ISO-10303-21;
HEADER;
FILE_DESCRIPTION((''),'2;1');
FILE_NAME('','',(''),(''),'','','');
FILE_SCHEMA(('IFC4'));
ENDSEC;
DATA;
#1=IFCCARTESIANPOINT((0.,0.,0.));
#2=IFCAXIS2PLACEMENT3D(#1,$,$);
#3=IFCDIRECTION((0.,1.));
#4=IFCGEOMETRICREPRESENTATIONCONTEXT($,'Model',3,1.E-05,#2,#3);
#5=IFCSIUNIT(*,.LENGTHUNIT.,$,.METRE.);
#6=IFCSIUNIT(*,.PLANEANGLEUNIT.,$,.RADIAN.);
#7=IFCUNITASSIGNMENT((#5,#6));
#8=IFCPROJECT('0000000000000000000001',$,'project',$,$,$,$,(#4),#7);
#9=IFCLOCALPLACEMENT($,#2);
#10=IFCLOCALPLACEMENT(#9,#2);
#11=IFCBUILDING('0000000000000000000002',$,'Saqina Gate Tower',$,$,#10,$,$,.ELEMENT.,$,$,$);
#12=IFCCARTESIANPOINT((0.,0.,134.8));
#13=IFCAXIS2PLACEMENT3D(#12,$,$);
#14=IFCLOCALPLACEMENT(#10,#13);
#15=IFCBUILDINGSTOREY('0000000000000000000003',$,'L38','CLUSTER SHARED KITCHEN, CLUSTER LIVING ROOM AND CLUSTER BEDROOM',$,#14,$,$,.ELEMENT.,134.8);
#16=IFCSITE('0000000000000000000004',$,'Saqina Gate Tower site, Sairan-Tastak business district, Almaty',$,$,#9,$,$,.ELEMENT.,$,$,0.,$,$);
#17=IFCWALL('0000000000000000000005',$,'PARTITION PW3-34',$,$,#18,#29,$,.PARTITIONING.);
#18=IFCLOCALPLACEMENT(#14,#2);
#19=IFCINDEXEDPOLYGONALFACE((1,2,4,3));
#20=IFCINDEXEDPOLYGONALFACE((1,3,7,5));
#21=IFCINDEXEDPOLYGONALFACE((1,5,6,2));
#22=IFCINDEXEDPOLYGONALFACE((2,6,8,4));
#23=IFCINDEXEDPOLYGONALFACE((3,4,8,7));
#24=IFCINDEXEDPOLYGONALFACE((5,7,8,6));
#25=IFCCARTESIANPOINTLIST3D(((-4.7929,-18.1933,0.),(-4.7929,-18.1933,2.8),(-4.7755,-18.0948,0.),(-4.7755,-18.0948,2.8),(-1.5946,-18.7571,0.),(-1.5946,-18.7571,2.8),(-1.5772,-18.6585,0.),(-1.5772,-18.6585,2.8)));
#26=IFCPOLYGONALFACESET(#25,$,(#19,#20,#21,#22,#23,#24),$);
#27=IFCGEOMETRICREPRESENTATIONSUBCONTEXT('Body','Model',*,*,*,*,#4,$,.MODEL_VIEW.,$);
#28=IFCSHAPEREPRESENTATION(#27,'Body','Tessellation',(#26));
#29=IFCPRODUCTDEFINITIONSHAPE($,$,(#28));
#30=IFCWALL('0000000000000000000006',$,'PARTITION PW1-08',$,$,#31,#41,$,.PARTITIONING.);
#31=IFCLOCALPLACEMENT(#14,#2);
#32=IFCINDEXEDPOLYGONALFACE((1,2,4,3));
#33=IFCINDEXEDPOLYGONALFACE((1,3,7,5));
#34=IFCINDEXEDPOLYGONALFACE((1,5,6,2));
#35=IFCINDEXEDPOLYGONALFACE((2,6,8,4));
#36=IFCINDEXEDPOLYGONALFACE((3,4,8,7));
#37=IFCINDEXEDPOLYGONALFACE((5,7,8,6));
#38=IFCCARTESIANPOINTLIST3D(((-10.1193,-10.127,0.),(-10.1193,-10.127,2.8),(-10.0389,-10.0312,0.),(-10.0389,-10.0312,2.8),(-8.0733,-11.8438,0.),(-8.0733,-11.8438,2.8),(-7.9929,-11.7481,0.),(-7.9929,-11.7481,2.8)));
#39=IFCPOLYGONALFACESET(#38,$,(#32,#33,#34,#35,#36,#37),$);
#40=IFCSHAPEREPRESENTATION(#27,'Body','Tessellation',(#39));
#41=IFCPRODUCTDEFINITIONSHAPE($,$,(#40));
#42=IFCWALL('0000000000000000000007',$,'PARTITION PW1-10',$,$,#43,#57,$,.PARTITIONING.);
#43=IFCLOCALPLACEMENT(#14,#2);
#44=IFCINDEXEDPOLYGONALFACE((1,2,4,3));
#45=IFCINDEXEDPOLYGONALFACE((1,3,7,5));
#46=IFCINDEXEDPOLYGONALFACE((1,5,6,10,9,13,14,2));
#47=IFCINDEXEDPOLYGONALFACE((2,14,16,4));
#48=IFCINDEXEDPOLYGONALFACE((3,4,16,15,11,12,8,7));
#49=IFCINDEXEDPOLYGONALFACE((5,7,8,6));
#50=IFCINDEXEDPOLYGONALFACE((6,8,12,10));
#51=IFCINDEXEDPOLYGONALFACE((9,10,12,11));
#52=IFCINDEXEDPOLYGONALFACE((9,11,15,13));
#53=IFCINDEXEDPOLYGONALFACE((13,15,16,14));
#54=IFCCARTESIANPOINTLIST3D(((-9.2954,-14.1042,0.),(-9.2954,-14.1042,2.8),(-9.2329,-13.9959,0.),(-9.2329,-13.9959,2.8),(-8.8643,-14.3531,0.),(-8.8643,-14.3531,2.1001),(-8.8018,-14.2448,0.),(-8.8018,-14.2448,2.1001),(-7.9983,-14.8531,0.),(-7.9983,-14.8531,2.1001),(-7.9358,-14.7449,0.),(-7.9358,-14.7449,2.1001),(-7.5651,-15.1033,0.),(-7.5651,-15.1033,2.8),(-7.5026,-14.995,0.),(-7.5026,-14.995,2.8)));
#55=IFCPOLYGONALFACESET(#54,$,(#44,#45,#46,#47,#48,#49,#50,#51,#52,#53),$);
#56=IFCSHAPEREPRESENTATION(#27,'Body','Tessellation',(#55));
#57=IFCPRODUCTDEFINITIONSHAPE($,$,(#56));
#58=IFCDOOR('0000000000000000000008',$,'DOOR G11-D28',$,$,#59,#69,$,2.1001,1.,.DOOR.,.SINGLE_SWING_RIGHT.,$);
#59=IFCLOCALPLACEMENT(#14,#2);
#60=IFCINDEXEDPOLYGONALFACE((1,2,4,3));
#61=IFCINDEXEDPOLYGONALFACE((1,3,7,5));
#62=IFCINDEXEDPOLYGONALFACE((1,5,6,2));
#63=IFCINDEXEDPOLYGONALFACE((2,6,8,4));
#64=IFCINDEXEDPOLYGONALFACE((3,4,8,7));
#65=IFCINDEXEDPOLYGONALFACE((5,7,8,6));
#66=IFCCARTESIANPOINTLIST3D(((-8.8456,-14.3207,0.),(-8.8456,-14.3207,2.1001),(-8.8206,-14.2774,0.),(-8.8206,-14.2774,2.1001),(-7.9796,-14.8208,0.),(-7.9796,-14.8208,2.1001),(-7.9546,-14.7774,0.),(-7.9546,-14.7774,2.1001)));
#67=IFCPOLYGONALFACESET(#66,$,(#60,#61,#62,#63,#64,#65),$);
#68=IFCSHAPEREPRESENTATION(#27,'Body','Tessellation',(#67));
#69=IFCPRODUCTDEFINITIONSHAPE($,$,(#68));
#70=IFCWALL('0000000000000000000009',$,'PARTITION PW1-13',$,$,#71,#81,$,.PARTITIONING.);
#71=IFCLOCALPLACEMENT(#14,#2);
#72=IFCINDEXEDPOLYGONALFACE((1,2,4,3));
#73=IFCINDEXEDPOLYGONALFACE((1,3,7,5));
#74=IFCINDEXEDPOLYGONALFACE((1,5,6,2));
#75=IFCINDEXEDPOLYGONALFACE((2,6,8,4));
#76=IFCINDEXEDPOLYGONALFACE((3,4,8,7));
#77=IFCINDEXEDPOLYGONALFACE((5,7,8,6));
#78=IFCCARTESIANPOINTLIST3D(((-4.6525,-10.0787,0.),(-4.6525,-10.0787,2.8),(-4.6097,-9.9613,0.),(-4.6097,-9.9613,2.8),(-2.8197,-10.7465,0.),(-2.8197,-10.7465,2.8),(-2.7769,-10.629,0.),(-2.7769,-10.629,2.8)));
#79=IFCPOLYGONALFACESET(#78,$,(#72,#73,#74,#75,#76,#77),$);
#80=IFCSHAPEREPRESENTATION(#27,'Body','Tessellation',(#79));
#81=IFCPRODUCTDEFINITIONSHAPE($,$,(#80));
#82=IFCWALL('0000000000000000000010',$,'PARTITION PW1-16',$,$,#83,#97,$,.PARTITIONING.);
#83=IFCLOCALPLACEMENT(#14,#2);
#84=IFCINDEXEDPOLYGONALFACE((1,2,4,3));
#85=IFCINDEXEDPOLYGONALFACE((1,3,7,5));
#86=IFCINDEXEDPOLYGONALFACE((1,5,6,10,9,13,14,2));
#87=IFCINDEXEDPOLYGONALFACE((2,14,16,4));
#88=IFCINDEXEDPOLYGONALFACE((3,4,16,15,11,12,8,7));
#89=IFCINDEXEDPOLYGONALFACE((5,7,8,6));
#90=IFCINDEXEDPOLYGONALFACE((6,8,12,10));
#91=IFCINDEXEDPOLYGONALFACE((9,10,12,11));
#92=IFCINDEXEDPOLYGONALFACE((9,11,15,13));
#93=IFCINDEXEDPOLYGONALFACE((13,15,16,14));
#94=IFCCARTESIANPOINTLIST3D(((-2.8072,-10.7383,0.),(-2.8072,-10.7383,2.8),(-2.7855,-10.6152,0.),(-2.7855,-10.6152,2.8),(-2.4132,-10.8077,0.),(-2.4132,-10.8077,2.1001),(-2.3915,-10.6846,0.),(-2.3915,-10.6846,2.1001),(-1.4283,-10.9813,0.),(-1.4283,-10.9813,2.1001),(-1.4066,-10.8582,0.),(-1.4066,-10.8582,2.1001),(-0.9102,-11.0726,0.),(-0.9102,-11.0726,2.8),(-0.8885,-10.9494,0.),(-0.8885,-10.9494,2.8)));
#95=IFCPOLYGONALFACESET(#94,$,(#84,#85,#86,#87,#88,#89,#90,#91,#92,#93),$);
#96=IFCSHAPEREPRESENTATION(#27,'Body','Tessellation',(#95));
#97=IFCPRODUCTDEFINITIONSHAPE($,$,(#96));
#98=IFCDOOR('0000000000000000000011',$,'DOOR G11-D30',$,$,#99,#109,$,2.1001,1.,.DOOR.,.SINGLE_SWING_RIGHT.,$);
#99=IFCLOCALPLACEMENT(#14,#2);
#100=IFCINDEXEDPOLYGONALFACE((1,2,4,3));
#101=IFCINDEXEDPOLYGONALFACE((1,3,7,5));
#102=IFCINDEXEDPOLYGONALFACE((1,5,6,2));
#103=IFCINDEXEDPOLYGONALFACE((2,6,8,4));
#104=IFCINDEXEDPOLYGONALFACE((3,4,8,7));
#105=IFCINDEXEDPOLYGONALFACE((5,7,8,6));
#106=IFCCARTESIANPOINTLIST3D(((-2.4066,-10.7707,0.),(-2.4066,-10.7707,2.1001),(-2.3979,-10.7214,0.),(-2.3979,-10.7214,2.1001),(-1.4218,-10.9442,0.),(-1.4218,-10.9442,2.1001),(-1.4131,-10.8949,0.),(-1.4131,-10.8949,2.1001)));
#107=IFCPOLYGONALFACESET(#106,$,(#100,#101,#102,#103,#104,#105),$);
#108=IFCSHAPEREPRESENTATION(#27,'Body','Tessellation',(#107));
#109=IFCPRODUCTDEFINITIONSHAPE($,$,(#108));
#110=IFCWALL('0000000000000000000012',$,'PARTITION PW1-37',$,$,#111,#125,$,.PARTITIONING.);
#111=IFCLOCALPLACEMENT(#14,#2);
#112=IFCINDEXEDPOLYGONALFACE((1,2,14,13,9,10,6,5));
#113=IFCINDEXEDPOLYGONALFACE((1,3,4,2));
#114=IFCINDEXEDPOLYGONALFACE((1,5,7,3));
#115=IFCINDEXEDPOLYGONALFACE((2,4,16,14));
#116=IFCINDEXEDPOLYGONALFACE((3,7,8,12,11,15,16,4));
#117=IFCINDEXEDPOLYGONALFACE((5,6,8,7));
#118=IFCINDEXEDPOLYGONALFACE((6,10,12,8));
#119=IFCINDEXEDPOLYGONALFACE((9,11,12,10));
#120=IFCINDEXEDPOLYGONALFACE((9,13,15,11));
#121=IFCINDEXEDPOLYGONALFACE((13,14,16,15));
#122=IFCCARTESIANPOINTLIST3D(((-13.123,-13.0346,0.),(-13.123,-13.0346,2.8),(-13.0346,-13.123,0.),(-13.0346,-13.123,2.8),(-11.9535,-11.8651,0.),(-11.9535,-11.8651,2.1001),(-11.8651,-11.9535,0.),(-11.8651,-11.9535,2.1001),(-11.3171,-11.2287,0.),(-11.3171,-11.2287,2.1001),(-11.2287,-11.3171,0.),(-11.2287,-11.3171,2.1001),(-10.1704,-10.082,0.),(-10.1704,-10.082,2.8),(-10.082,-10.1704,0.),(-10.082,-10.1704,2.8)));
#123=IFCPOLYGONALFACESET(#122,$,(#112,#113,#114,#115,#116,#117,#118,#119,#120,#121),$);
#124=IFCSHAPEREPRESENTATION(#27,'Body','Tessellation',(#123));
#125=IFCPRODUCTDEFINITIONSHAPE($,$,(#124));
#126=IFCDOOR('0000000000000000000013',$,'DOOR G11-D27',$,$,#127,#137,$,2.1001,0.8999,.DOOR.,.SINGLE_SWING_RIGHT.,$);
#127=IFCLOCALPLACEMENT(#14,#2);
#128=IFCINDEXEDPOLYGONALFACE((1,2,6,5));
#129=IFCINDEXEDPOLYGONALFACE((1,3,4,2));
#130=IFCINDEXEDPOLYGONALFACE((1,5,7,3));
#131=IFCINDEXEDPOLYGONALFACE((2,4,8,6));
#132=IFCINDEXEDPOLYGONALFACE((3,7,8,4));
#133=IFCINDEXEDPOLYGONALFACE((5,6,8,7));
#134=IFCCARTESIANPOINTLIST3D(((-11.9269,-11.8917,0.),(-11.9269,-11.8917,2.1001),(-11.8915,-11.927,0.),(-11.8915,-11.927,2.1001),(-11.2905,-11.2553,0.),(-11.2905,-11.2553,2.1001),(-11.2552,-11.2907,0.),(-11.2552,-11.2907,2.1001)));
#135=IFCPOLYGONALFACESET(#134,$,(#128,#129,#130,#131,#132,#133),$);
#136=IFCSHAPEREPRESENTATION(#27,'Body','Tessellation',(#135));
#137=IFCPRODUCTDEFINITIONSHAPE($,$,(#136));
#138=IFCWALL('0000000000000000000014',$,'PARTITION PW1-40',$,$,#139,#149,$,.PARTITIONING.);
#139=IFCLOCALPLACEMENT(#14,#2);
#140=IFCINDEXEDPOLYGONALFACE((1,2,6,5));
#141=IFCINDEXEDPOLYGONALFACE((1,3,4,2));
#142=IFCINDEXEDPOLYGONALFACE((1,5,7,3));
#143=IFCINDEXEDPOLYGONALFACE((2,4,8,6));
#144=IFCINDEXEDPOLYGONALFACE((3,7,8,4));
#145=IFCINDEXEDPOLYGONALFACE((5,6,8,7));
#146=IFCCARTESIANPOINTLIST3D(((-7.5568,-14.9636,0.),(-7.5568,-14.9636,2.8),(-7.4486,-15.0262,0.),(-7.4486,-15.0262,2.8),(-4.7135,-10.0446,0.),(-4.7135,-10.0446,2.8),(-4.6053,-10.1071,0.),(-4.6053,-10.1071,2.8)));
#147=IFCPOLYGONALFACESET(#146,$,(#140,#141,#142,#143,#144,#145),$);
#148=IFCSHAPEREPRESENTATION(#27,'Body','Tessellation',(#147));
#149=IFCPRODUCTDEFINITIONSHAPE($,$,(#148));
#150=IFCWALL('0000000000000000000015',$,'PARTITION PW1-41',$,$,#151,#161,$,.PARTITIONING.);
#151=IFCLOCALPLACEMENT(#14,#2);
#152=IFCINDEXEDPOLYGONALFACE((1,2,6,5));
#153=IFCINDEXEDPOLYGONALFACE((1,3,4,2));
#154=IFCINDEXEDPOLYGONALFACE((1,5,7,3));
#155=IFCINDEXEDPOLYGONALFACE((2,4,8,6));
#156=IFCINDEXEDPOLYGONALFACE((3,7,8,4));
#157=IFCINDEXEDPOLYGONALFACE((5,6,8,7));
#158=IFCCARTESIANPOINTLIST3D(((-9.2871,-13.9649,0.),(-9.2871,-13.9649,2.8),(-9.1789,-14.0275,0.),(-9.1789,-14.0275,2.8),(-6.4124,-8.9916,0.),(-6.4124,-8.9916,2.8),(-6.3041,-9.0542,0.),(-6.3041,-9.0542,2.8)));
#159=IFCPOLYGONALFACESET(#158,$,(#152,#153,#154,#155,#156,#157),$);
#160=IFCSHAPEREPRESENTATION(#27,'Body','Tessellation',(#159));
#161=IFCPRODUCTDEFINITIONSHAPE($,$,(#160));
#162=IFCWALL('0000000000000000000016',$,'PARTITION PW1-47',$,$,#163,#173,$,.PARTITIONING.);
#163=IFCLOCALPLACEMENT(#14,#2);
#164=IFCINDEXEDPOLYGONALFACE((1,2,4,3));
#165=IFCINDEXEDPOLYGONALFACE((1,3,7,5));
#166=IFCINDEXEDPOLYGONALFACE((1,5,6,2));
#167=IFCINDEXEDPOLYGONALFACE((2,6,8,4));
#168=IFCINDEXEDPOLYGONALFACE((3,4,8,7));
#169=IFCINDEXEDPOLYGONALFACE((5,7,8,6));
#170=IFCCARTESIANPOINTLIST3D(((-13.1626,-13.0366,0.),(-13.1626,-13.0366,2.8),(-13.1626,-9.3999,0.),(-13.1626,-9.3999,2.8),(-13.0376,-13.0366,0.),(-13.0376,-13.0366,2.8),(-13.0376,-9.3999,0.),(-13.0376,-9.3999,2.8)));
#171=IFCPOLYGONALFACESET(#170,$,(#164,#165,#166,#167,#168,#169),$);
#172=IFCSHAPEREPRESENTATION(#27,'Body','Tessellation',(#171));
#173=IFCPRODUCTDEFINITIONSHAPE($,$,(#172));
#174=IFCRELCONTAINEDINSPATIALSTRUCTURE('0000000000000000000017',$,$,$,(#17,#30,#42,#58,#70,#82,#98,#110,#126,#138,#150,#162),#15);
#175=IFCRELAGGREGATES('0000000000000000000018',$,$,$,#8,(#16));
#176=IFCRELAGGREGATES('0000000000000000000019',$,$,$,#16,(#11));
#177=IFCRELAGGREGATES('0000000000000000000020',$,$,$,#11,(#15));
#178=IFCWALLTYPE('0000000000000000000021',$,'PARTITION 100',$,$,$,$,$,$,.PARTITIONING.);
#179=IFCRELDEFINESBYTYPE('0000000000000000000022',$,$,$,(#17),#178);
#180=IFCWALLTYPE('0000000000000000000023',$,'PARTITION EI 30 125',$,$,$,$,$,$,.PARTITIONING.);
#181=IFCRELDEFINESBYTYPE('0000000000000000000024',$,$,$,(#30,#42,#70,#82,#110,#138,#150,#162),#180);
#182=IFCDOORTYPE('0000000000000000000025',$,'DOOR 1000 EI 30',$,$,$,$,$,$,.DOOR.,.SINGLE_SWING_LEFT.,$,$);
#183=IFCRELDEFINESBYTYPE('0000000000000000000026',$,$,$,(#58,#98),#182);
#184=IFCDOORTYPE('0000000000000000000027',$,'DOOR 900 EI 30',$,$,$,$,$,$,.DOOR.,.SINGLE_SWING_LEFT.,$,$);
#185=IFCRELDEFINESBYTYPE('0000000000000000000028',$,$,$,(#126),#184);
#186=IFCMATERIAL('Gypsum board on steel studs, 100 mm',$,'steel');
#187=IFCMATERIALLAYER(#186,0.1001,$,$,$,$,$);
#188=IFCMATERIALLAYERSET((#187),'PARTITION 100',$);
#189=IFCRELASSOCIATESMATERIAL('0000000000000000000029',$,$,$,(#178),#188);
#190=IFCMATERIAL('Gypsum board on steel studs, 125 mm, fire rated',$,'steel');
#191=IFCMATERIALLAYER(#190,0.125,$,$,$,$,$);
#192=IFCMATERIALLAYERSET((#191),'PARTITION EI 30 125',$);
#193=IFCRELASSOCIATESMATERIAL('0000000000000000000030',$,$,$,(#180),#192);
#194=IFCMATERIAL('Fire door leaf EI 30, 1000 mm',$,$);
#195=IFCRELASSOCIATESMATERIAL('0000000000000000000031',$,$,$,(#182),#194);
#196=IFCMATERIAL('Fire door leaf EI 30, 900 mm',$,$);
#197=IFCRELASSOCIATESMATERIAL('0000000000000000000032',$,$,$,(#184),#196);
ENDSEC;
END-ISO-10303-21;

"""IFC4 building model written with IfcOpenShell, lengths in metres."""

from ifc_helpers import new_model, si_unit, direction, frame, frame_2d, origin, place, context, subcontext, project, spatial, rectangle, extrude, material, layer, layer_set, type_object, element, fill, save


model = new_model("IFC4")

# Units and contexts
model_context = context("Model", 3, precision=1e-05, world=origin(), true_north=direction((0.0, 1.0)))
body_context = subcontext(model_context, "Body", "Model", "MODEL_VIEW")
ifc_project = project(units=[si_unit("LENGTHUNIT", "METRE"), si_unit("PLANEANGLEUNIT", "RADIAN")], contexts=[model_context])

# Site, building, storey
site_placement = place(None, origin())
site = spatial("IfcSite", under=ifc_project, at=site_placement, Name="Saqina Gate Tower site, Sairan-Tastak business district, Almaty", CompositionType="ELEMENT", RefElevation=0.0)
building_placement = place(site_placement, origin())
building = spatial("IfcBuilding", under=site, at=building_placement, Name="Saqina Gate Tower", CompositionType="ELEMENT")
storey_placement = place(building_placement, frame((0.0, 0.0, 134.8)))
storey = spatial("IfcBuildingStorey", under=building, at=storey_placement, Name="L38", Description="CLUSTER SHARED KITCHEN, CLUSTER LIVING ROOM AND CLUSTER BEDROOM", CompositionType="ELEMENT", Elevation=134.8)

# Walls
ifc_material_1 = material(Name="Gypsum board on steel studs, 100 mm", Category="steel")
ifc_layer_1 = layer(ifc_material_1, 0.1001)
ifc_layer_set_1 = layer_set([ifc_layer_1], Name="PARTITION 100")
wall_type_1 = type_object("IfcWallType", Name="PARTITION 100", PredefinedType="PARTITIONING", material=ifc_layer_set_1)
wall_1_placement = place(storey_placement, frame((-4.7842, -18.144, 0.0), z_axis=(0.0, 0.0, 1.0), x_axis=(0.984819, -0.173584, 0.0)))
element("IfcWall", 1, at=wall_1_placement, inside=storey, type_object=wall_type_1, Name="PARTITION PW3-34", PredefinedType="PARTITIONING", context=body_context, shape_type="SweptSolid", body=[
    extrude(rectangle(XDim=3.2476, YDim=0.1001, at=frame_2d((1.6238, 0.0))), origin(), (0.0, 0.0, 1.0), 2.8),
])
ifc_material_2 = material(Name="Gypsum board on steel studs, 125 mm, fire rated", Category="steel")
ifc_layer_2 = layer(ifc_material_2, 0.125)
ifc_layer_set_2 = layer_set([ifc_layer_2], Name="PARTITION EI 30 125")
wall_type_2 = type_object("IfcWallType", Name="PARTITION EI 30 125", PredefinedType="PARTITIONING", material=ifc_layer_set_2)
wall_2_placement = place(storey_placement, frame((-10.0791, -10.0791, 0.0), z_axis=(0.0, 0.0, 1.0), x_axis=(0.766029, -0.642806, 0.0)))
element("IfcWall", 2, at=wall_2_placement, inside=storey, type_object=wall_type_2, Name="PARTITION PW1-08", PredefinedType="PARTITIONING", context=body_context, shape_type="SweptSolid", body=[
    extrude(rectangle(XDim=2.6709, YDim=0.125, at=frame_2d((1.3354, 0.0))), origin(), (0.0, 0.0, 1.0), 2.8),
])

# Wall, opening, door
wall_3_placement = place(storey_placement, frame((-9.2642, -14.05, 0.0), z_axis=(0.0, 0.0, 1.0), x_axis=(0.866009, -0.500029, 0.0)))
wall_3 = element("IfcWall", 3, at=wall_3_placement, inside=storey, type_object=wall_type_2, Name="PARTITION PW1-10", PredefinedType="PARTITIONING", context=body_context, shape_type="SweptSolid", body=[
    extrude(rectangle(XDim=1.998, YDim=0.125, at=frame_2d((0.999, 0.0))), origin(), (0.0, 0.0, 1.0), 2.8),
])
opening_1_placement = place(wall_3_placement, frame((0.4978, 0.0, 0.0)))
opening_1 = element("IfcOpeningElement", 4, at=opening_1_placement, cuts=wall_3, PredefinedType="OPENING", context=body_context, shape_type="SweptSolid", body=[
    extrude(rectangle(XDim=1.0, YDim=2.1001, at=frame_2d((0.5, 1.05))), frame((0.0, 0.0745, 0.0), z_axis=(0.0, -1.0, 0.0), x_axis=(1.0, 0.0, 0.0)), (0.0, 0.0, 1.0), 0.1489),
])
ifc_material_3 = material(Name="Fire door leaf EI 30, 1000 mm")
door_type_1 = type_object("IfcDoorType", Name="DOOR 1000 EI 30", OperationType="SINGLE_SWING_LEFT", PredefinedType="DOOR", material=ifc_material_3)
door_1_placement = place(opening_1_placement, origin())
door_1 = element("IfcDoor", 5, at=door_1_placement, inside=storey, type_object=door_type_1, Name="DOOR G11-D28", OperationType="SINGLE_SWING_RIGHT", OverallHeight=2.1001, OverallWidth=1.0, PredefinedType="DOOR", context=body_context, shape_type="SweptSolid", body=[
    extrude(rectangle(XDim=1.0, YDim=2.1001, at=frame_2d((0.5, 1.05))), frame((0.0, 0.0249, 0.0), z_axis=(0.0, -1.0, 0.0), x_axis=(1.0, 0.0, 0.0)), (0.0, 0.0, 1.0), 0.05),
])
fill(opening_1, door_1)

# Wall
wall_4_placement = place(storey_placement, frame((-4.6311, -10.02, 0.0), z_axis=(0.0, 0.0, 1.0), x_axis=(0.939585, -0.342316, 0.0)))
element("IfcWall", 6, at=wall_4_placement, inside=storey, type_object=wall_type_2, Name="PARTITION PW1-13", PredefinedType="PARTITIONING", context=body_context, shape_type="SweptSolid", body=[
    extrude(rectangle(XDim=1.9507, YDim=0.125, at=frame_2d((0.9753, 0.0))), origin(), (0.0, 0.0, 1.0), 2.8),
])

# Walls, openings, doors
wall_5_placement = place(storey_placement, frame((-2.7964, -10.6768, 0.0), z_axis=(0.0, 0.0, 1.0), x_axis=(0.984831, -0.173518, 0.0)))
wall_5 = element("IfcWall", 7, at=wall_5_placement, inside=storey, type_object=wall_type_2, Name="PARTITION PW1-16", PredefinedType="PARTITIONING", context=body_context, shape_type="SweptSolid", body=[
    extrude(rectangle(XDim=1.9263, YDim=0.125, at=frame_2d((0.9631, 0.0))), origin(), (0.0, 0.0, 1.0), 2.8),
])
opening_2_placement = place(wall_5_placement, frame((0.4001, 0.0, 0.0)))
opening_2 = element("IfcOpeningElement", 8, at=opening_2_placement, cuts=wall_5, PredefinedType="OPENING", context=body_context, shape_type="SweptSolid", body=[
    extrude(rectangle(XDim=1.0, YDim=2.1001, at=frame_2d((0.5, 1.05))), frame((0.0, 0.0745, 0.0), z_axis=(0.0, -1.0, 0.0), x_axis=(1.0, 0.0, 0.0)), (0.0, 0.0, 1.0), 0.1489),
])
door_2_placement = place(opening_2_placement, frame((1.0, 0.0, 0.0), z_axis=(0.0, 0.0, 1.0), x_axis=(-1.0, 0.0, 0.0)))
door_2 = element("IfcDoor", 9, at=door_2_placement, inside=storey, type_object=door_type_1, Name="DOOR G11-D30", OperationType="SINGLE_SWING_RIGHT", OverallHeight=2.1001, OverallWidth=1.0, PredefinedType="DOOR", context=body_context, shape_type="SweptSolid", body=[
    extrude(rectangle(XDim=1.0, YDim=2.1001, at=frame_2d((0.5, 1.05))), frame((0.0, 0.0249, 0.0), z_axis=(0.0, -1.0, 0.0), x_axis=(1.0, 0.0, 0.0)), (0.0, 0.0, 1.0), 0.05),
])
fill(opening_2, door_2)
wall_6_placement = place(storey_placement, frame((-13.0789, -13.0789, 0.0), z_axis=(0.0, 0.0, 1.0), x_axis=(0.707107, 0.707107, 0.0)))
wall_6 = element("IfcWall", 10, at=wall_6_placement, inside=storey, type_object=wall_type_2, Name="PARTITION PW1-37", PredefinedType="PARTITIONING", context=body_context, shape_type="SweptSolid", body=[
    extrude(rectangle(XDim=4.1755, YDim=0.125, at=frame_2d((2.0879, 0.0))), origin(), (0.0, 0.0, 1.0), 2.8),
])
opening_3_placement = place(wall_6_placement, frame((1.6541, 0.0, 0.0)))
opening_3 = element("IfcOpeningElement", 11, at=opening_3_placement, cuts=wall_6, PredefinedType="OPENING", context=body_context, shape_type="SweptSolid", body=[
    extrude(rectangle(XDim=0.8999, YDim=2.1001, at=frame_2d((0.45, 1.05))), frame((0.0, 0.0745, 0.0), z_axis=(0.0, -1.0, 0.0), x_axis=(1.0, 0.0, 0.0)), (0.0, 0.0, 1.0), 0.1489),
])
ifc_material_4 = material(Name="Fire door leaf EI 30, 900 mm")
door_type_2 = type_object("IfcDoorType", Name="DOOR 900 EI 30", OperationType="SINGLE_SWING_LEFT", PredefinedType="DOOR", material=ifc_material_4)
door_3_placement = place(opening_3_placement, origin())
door_3 = element("IfcDoor", 12, at=door_3_placement, inside=storey, type_object=door_type_2, Name="DOOR G11-D27", OperationType="SINGLE_SWING_RIGHT", OverallHeight=2.1001, OverallWidth=0.8999, PredefinedType="DOOR", context=body_context, shape_type="SweptSolid", body=[
    extrude(rectangle(XDim=0.8999, YDim=2.1001, at=frame_2d((0.45, 1.05))), frame((0.0, 0.0249, 0.0), z_axis=(0.0, -1.0, 0.0), x_axis=(1.0, 0.0, 0.0)), (0.0, 0.0, 1.0), 0.05),
])
fill(opening_3, door_3)

# Walls
wall_7_placement = place(storey_placement, frame((-7.5027, -14.9949, 0.0), z_axis=(0.0, 0.0, 1.0), x_axis=(0.500437, 0.865773, 0.0)))
element("IfcWall", 13, at=wall_7_placement, inside=storey, type_object=wall_type_2, Name="PARTITION PW1-40", PredefinedType="PARTITIONING", context=body_context, shape_type="SweptSolid", body=[
    extrude(rectangle(XDim=5.6816, YDim=0.125, at=frame_2d((2.8408, 0.0))), origin(), (0.0, 0.0, 1.0), 2.8),
])
wall_8_placement = place(storey_placement, frame((-9.2329, -13.9961, 0.0), z_axis=(0.0, 0.0, 1.0), x_axis=(0.50044, 0.865771, 0.0)))
element("IfcWall", 14, at=wall_8_placement, inside=storey, type_object=wall_type_2, Name="PARTITION PW1-41", PredefinedType="PARTITIONING", context=body_context, shape_type="SweptSolid", body=[
    extrude(rectangle(XDim=5.7444, YDim=0.125, at=frame_2d((2.8721, 0.0))), origin(), (0.0, 0.0, 1.0), 2.8),
])
wall_9_placement = place(storey_placement, frame((-13.1001, -13.0366, 0.0), z_axis=(0.0, 0.0, 1.0), x_axis=(0.0, 1.0, 0.0)))
element("IfcWall", 15, at=wall_9_placement, inside=storey, type_object=wall_type_2, Name="PARTITION PW1-47", PredefinedType="PARTITIONING", context=body_context, shape_type="SweptSolid", body=[
    extrude(rectangle(XDim=3.6367, YDim=0.125, at=frame_2d((1.8184, 0.0))), origin(), (0.0, 0.0, 1.0), 2.8),
])

save(model, "model.ifc")
